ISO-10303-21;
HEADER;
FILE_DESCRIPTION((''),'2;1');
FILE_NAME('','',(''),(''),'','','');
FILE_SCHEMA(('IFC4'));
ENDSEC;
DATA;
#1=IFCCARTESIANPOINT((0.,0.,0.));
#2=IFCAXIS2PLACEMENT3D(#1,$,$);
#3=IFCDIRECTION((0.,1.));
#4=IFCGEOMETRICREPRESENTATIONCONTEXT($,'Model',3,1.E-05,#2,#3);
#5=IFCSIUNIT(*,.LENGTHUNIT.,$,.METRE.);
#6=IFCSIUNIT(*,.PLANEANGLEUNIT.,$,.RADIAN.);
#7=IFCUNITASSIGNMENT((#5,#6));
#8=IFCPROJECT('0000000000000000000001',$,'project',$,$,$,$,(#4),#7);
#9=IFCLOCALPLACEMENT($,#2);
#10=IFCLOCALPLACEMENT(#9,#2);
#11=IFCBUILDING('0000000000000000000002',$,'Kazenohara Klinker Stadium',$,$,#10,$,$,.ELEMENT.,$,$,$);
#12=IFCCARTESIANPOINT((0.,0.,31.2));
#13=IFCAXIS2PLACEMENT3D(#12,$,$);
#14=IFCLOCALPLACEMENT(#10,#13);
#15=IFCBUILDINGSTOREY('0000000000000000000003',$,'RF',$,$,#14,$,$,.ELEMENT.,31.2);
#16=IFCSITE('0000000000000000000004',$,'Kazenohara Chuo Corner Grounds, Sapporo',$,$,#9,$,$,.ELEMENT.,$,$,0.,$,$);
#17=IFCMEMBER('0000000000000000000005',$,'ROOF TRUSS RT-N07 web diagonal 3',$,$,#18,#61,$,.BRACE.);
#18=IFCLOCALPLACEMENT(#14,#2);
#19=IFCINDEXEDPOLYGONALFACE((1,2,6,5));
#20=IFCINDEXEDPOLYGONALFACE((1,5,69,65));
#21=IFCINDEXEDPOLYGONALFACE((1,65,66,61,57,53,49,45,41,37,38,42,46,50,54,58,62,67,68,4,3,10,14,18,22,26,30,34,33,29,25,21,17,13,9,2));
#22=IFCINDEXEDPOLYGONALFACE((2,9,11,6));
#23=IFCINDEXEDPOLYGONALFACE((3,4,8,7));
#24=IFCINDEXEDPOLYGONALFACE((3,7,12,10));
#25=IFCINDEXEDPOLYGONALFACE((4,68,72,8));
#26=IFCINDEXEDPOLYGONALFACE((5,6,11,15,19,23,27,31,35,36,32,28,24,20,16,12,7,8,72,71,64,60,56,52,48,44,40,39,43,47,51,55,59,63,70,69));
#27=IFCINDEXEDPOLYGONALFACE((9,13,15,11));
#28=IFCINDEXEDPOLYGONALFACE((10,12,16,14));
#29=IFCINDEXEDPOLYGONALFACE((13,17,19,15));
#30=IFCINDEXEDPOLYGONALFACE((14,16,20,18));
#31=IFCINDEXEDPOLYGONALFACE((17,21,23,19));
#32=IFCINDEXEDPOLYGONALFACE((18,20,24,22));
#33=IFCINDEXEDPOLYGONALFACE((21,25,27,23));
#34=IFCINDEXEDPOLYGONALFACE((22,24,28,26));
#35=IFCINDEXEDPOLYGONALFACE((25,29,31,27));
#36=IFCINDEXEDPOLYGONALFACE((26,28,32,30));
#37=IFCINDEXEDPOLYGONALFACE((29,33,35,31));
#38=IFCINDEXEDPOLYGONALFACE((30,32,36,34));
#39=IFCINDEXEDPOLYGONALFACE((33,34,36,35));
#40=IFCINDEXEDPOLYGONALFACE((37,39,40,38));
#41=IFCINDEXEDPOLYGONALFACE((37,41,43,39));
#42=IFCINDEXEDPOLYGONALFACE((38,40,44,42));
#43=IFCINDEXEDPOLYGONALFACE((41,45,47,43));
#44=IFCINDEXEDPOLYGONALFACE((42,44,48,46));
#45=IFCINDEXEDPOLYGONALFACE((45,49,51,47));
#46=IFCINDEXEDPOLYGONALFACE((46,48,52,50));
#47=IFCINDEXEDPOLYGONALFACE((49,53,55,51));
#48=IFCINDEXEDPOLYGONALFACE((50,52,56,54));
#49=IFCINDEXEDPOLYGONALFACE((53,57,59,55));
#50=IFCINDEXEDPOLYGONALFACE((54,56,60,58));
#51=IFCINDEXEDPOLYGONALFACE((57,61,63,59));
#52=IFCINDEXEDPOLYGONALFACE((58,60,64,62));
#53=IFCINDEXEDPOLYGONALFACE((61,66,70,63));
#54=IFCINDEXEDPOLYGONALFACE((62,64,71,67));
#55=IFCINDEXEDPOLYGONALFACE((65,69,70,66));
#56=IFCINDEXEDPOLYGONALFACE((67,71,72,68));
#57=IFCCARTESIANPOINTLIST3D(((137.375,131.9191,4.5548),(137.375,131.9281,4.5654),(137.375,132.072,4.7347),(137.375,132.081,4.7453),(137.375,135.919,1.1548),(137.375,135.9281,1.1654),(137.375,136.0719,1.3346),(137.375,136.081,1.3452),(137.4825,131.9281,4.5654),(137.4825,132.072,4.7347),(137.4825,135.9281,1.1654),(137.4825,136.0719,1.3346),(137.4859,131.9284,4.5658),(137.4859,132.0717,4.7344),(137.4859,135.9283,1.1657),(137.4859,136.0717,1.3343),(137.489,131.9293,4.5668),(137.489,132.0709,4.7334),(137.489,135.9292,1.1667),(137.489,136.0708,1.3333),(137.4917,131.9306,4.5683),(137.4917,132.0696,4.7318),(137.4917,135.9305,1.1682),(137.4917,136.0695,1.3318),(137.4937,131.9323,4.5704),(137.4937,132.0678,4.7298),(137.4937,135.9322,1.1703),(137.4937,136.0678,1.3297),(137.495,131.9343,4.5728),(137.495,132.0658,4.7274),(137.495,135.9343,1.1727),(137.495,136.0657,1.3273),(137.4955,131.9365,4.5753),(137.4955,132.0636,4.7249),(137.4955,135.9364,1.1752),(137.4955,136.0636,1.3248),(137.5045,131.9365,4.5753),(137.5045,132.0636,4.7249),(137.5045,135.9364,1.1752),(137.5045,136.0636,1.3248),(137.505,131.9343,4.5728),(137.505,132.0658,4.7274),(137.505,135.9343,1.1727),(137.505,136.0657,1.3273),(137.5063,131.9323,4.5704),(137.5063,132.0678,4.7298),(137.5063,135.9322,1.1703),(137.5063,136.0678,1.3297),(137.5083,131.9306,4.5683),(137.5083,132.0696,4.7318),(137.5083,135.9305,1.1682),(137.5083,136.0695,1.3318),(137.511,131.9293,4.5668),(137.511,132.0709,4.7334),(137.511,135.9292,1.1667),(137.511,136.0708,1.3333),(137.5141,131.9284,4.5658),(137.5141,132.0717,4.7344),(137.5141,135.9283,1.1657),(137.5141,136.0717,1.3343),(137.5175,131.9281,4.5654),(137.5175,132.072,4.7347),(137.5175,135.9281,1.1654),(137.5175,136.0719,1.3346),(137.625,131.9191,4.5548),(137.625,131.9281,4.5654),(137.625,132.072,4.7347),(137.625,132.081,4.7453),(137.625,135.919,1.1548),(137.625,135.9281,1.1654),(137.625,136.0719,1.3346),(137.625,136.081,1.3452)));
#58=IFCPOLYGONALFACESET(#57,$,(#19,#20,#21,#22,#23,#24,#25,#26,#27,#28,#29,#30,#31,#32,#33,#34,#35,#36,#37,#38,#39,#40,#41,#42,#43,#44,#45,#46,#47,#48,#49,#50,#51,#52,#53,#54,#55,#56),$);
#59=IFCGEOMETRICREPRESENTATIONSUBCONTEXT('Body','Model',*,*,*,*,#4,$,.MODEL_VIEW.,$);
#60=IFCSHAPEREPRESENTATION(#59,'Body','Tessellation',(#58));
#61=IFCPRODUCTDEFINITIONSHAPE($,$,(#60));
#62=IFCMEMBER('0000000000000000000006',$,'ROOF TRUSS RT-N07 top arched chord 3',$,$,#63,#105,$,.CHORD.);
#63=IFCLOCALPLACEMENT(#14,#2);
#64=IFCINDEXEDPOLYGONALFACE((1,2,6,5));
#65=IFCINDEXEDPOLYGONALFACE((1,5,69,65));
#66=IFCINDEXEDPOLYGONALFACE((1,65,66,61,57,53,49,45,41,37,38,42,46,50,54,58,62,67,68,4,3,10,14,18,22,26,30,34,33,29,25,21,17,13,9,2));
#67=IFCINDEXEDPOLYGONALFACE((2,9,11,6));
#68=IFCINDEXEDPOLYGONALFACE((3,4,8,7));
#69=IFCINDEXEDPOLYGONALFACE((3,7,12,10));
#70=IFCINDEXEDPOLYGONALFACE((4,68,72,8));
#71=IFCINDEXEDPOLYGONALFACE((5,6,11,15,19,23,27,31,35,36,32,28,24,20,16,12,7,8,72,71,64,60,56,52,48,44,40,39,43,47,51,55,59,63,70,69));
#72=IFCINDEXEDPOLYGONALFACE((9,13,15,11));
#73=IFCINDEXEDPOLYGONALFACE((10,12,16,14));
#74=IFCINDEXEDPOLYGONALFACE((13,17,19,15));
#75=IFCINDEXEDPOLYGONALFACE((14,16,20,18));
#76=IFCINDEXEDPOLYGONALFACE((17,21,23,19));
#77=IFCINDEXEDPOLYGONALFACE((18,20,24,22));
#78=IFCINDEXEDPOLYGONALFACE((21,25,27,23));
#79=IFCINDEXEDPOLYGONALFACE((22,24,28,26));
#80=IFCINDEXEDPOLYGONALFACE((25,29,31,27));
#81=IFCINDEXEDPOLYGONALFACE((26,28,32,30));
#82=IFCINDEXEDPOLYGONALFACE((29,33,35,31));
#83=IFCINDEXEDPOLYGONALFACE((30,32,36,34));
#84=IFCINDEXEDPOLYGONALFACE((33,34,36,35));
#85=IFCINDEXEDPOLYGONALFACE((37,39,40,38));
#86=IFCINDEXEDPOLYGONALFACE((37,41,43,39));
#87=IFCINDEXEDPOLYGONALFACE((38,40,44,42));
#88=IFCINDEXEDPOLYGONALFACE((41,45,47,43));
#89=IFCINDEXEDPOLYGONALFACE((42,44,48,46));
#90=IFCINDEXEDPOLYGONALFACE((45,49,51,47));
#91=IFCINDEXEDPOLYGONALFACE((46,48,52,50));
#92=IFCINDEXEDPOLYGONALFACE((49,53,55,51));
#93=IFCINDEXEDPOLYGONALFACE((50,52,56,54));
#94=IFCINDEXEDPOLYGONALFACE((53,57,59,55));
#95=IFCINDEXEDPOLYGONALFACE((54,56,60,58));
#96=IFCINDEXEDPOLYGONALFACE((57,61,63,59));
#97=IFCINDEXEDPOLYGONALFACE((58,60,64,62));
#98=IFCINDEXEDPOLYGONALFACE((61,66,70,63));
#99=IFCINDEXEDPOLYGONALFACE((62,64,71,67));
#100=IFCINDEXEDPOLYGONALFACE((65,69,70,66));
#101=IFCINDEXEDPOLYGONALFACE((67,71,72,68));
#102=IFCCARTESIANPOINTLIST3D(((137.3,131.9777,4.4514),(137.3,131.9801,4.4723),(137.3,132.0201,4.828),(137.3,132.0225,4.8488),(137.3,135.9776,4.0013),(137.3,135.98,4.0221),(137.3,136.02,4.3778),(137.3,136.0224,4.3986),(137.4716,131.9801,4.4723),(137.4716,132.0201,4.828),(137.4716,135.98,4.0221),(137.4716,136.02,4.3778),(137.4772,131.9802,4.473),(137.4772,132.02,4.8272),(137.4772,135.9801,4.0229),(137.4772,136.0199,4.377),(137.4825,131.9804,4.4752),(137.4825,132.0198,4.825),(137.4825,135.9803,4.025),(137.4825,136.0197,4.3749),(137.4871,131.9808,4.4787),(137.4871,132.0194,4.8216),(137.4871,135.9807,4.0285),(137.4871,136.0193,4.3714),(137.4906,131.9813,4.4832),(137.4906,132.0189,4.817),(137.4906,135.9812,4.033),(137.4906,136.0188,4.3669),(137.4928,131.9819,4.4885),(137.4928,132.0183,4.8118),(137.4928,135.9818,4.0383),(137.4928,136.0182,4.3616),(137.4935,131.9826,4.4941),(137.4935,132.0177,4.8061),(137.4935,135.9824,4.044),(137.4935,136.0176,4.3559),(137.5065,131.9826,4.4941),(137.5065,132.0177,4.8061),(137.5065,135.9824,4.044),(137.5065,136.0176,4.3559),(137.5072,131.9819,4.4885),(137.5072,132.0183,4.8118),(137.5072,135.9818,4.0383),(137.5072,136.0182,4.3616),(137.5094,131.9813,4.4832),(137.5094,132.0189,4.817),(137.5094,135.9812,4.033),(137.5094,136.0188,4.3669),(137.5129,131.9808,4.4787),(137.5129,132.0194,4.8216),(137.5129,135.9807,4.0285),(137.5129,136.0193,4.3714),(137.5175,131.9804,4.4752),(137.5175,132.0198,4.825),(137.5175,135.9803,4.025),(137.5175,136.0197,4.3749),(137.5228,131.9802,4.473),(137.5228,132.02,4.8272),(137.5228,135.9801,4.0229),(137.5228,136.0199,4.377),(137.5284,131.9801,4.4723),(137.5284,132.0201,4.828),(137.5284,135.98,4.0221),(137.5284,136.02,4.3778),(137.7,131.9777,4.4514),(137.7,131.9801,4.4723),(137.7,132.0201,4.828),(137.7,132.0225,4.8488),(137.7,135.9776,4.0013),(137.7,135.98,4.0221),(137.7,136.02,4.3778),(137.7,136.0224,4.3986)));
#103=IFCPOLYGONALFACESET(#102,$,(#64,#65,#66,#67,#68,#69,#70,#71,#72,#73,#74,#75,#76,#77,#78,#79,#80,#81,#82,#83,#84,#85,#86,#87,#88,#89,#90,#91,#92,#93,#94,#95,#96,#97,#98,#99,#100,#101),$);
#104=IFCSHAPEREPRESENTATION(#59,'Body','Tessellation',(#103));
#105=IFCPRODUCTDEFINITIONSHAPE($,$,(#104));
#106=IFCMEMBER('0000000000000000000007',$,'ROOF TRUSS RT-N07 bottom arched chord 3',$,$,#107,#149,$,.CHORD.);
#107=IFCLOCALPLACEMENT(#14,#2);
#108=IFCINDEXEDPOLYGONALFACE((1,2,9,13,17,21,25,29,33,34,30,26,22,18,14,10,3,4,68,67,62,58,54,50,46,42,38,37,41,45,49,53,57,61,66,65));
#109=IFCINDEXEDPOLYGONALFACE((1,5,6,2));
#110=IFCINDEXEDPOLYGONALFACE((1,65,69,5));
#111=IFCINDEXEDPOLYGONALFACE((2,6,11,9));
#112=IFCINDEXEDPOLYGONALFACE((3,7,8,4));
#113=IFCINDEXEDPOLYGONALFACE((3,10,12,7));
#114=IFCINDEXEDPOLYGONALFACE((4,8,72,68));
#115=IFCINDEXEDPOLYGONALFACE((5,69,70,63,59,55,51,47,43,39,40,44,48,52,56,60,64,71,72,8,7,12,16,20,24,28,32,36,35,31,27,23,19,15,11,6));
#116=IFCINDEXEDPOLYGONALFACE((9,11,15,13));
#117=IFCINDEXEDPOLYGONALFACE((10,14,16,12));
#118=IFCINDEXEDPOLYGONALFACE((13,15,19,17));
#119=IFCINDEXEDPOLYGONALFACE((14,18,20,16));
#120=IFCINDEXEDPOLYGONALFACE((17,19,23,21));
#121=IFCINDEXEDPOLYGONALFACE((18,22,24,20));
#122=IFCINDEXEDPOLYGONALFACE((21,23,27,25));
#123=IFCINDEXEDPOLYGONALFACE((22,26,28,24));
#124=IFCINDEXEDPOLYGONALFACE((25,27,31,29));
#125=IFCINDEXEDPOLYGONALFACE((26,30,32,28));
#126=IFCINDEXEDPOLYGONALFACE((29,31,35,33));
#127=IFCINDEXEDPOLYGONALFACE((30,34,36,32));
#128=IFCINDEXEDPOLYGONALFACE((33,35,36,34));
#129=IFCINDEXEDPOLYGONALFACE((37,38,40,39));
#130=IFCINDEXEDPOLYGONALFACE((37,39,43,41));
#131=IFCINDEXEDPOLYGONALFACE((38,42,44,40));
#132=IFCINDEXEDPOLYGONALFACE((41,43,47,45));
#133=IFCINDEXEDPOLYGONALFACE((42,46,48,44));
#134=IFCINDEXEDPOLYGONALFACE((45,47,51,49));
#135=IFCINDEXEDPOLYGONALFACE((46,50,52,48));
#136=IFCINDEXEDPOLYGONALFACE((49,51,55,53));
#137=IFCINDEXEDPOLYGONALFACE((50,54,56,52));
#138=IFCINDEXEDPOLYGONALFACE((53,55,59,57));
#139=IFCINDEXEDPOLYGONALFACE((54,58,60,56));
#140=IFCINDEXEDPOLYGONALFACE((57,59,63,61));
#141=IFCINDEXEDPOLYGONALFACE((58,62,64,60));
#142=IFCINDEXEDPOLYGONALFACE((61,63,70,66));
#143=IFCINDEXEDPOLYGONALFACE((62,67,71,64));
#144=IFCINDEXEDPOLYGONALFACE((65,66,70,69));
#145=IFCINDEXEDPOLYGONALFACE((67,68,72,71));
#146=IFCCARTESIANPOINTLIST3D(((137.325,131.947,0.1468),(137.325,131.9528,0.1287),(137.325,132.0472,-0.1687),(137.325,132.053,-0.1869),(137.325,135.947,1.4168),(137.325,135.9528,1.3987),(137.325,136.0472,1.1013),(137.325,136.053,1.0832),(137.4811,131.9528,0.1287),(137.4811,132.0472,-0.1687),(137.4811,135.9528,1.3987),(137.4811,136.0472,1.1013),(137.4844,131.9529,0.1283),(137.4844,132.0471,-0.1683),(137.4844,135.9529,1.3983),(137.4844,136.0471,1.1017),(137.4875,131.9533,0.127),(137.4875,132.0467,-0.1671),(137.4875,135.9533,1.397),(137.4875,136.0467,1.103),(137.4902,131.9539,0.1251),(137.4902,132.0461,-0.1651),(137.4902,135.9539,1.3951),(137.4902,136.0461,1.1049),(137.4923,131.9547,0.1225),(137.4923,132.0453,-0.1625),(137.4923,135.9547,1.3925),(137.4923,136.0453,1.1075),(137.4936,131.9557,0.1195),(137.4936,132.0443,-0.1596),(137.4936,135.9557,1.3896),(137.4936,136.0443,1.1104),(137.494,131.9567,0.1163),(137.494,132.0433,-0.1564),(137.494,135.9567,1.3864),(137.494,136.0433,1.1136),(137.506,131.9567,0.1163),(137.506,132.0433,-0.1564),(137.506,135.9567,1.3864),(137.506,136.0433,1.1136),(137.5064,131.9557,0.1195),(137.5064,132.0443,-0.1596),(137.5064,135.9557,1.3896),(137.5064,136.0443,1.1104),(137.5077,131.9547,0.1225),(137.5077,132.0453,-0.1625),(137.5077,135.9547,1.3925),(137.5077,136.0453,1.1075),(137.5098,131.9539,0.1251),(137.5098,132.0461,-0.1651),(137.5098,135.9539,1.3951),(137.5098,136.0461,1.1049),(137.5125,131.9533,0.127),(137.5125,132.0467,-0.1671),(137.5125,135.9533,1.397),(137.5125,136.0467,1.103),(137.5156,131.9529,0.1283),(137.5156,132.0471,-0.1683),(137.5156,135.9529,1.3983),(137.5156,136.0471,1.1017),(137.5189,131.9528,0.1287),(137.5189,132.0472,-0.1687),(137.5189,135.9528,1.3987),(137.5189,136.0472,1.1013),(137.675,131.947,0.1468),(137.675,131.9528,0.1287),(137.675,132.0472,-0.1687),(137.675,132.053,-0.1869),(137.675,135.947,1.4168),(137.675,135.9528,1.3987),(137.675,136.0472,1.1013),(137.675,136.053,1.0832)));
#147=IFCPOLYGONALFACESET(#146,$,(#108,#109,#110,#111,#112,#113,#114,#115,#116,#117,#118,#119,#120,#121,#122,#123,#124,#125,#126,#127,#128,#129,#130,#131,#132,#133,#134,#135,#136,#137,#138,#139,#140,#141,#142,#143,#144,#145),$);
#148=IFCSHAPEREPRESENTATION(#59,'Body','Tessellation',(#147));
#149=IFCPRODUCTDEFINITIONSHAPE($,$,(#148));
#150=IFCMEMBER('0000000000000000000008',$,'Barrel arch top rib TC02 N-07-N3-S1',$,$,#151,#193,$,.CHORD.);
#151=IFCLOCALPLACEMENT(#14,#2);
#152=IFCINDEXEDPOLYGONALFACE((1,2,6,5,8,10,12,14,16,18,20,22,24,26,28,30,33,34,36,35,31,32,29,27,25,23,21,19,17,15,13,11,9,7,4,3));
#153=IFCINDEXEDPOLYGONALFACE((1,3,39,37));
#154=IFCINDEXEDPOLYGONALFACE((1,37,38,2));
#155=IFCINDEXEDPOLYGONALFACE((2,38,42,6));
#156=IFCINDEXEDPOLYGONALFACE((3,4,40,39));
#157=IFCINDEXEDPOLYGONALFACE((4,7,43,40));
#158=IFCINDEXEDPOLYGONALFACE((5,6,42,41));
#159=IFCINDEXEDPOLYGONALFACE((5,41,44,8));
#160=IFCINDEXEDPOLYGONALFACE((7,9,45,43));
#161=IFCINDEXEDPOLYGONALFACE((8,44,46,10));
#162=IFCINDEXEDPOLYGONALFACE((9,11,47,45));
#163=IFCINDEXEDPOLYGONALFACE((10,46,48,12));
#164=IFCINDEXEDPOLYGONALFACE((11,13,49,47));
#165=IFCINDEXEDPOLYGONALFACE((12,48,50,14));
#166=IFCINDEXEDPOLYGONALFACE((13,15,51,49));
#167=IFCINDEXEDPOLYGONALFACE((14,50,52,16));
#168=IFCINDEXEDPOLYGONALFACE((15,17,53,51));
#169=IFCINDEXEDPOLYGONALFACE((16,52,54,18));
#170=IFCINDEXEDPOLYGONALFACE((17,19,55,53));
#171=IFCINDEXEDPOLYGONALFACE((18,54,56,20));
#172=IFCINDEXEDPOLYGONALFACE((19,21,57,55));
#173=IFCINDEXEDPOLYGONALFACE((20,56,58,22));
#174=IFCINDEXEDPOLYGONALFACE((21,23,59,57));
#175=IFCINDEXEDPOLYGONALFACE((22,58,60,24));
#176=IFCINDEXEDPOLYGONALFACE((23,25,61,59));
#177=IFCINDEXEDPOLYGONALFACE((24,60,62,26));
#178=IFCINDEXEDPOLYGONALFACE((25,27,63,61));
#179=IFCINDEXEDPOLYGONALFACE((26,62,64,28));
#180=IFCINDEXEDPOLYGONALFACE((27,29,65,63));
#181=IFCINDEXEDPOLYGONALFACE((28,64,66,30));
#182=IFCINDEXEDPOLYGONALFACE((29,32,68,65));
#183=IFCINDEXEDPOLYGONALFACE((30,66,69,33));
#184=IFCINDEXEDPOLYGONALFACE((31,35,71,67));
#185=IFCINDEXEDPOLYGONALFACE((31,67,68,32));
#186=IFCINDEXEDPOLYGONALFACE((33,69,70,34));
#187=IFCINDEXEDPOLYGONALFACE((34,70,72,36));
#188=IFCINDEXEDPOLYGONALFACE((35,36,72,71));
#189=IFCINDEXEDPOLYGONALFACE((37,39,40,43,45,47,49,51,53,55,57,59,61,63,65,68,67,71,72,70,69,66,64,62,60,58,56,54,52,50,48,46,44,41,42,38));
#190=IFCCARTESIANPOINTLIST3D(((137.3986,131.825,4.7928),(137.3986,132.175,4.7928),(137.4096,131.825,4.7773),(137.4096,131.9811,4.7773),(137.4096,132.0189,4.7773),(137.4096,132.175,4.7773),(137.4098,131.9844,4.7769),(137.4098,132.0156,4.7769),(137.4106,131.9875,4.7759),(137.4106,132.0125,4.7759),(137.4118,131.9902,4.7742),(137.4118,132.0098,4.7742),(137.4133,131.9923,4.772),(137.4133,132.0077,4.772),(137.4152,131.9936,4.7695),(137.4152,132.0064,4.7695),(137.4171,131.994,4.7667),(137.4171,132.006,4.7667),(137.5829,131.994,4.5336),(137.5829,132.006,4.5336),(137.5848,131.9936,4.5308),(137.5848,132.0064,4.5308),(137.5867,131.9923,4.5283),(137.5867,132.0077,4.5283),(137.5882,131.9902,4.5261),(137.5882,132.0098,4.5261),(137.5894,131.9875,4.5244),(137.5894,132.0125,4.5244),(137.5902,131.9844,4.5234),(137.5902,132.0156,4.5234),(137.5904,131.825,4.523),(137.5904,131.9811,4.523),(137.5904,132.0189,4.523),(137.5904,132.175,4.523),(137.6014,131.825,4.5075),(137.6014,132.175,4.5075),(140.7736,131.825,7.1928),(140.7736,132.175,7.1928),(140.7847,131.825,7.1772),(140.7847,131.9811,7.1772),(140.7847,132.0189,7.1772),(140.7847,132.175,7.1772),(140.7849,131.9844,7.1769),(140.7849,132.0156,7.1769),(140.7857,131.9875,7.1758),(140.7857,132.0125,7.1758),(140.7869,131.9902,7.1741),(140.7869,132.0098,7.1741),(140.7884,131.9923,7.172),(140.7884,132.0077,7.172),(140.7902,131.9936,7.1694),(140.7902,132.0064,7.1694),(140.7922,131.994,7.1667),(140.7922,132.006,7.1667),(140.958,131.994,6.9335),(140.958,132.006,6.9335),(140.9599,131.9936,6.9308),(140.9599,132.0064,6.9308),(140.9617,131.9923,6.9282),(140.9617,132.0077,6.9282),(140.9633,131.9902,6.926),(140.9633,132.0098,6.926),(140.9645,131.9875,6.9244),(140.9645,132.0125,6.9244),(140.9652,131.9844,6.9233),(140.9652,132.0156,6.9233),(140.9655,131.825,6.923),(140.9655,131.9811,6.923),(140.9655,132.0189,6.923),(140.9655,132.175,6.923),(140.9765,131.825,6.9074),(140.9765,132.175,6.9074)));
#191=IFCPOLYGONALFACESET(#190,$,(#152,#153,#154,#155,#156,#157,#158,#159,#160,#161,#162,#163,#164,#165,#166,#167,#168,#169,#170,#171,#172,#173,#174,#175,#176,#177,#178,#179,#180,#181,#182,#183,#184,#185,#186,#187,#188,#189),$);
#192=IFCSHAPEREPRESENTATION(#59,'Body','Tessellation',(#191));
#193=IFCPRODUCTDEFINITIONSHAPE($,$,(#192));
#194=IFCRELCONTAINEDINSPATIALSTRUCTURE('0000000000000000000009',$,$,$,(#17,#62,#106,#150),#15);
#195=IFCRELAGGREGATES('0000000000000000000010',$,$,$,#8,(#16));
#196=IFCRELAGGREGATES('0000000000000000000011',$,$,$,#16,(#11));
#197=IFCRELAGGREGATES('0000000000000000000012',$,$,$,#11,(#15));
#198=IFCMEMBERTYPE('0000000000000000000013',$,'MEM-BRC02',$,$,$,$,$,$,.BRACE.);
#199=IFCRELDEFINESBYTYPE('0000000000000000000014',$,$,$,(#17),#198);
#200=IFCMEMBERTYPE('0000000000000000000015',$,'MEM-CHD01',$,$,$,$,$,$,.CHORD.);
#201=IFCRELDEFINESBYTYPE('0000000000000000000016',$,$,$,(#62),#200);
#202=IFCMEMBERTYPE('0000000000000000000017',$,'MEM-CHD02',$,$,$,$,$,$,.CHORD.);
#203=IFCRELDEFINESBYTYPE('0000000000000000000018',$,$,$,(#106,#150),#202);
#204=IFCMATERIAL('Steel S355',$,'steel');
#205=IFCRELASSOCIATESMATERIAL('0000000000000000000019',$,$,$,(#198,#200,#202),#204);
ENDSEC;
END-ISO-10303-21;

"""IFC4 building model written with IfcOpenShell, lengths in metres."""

from ifc_helpers import new_model, si_unit, direction, frame, origin, origin_2d, place, context, subcontext, project, spatial, i_section, extrude, material, material_profile, profile_set, type_object, element, save


model = new_model("IFC4")

# Units and contexts
model_context = context("Model", 3, precision=1e-05, world=origin(), true_north=direction((0.0, 1.0)))
body_context = subcontext(model_context, "Body", "Model", "MODEL_VIEW")
ifc_project = project(units=[si_unit("LENGTHUNIT", "METRE"), si_unit("PLANEANGLEUNIT", "RADIAN")], contexts=[model_context])

# Site, building, storey
site_placement = place(None, origin())
site = spatial("IfcSite", under=ifc_project, at=site_placement, Name="Kazenohara Chuo Corner Grounds, Sapporo", CompositionType="ELEMENT", RefElevation=0.0)
building_placement = place(site_placement, origin())
building = spatial("IfcBuilding", under=site, at=building_placement, Name="Kazenohara Klinker Stadium", CompositionType="ELEMENT")
storey_placement = place(building_placement, frame((0.0, 0.0, 31.2)))
storey = spatial("IfcBuildingStorey", under=building, at=storey_placement, Name="RF", CompositionType="ELEMENT", Elevation=31.2)

# Members
ifc_material_1 = material(Name="Steel S355", Category="steel")
ifc_material_profile_1 = material_profile(ifc_material_1, i_section(OverallWidth=0.25, OverallDepth=0.25, WebThickness=0.009, FlangeThickness=0.0139, FilletRadius=0.0129, at=origin_2d()), Name="H-250x250x9x14")
ifc_profile_set_1 = profile_set([ifc_material_profile_1], Name="Steel S355")
member_type_1 = type_object("IfcMemberType", Name="MEM-BRC02", PredefinedType="BRACE", material=ifc_profile_set_1)
member_1_placement = place(storey_placement, frame((137.5, 136.0, 1.25), z_axis=(0.0, -0.761926, 0.647665), x_axis=(1.0, 0.0, 0.0)))
element("IfcMember", 1, at=member_1_placement, inside=storey, type_object=member_type_1, Name="ROOF TRUSS RT-N07 web diagonal 3", PredefinedType="BRACE", context=body_context, shape_type="SweptSolid", body=[
    extrude(i_section(OverallWidth=0.25, OverallDepth=0.25, WebThickness=0.009, FlangeThickness=0.0139, FilletRadius=0.0129, at=origin_2d()), origin(), (0.0, 0.0, 1.0), 5.2498),
])
ifc_material_profile_2 = material_profile(ifc_material_1, i_section(OverallWidth=0.3999, OverallDepth=0.3999, WebThickness=0.0129, FlangeThickness=0.021, FilletRadius=0.022, at=origin_2d()), Name="H-400x400x13x21")
ifc_profile_set_2 = profile_set([ifc_material_profile_2], Name="Steel S355")
member_type_2 = type_object("IfcMemberType", Name="MEM-CHD01", PredefinedType="CHORD", material=ifc_profile_set_2)
member_2_placement = place(storey_placement, frame((137.5, 136.0, 4.2), z_axis=(0.0, -0.993726, 0.111843), x_axis=(1.0, 0.0, 0.0)))
element("IfcMember", 2, at=member_2_placement, inside=storey, type_object=member_type_2, Name="ROOF TRUSS RT-N07 top arched chord 3", PredefinedType="CHORD", context=body_context, shape_type="SweptSolid", body=[
    extrude(i_section(OverallWidth=0.3999, OverallDepth=0.3999, WebThickness=0.0129, FlangeThickness=0.021, FilletRadius=0.022, at=origin_2d()), origin(), (0.0, 0.0, 1.0), 4.0251),
])
ifc_material_profile_3 = material_profile(ifc_material_1, i_section(OverallWidth=0.3501, OverallDepth=0.3501, WebThickness=0.012, FlangeThickness=0.019, FilletRadius=0.0129, at=origin_2d()), Name="H-350x350x12x19")
ifc_profile_set_3 = profile_set([ifc_material_profile_3], Name="Steel S355")
member_type_3 = type_object("IfcMemberType", Name="MEM-CHD02", PredefinedType="CHORD", material=ifc_profile_set_3)
member_3_placement = place(storey_placement, frame((137.5, 136.0, 1.25), z_axis=(0.0, -0.953112, -0.302618), x_axis=(1.0, 0.0, 0.0)))
element("IfcMember", 3, at=member_3_placement, inside=storey, type_object=member_type_3, Name="ROOF TRUSS RT-N07 bottom arched chord 3", PredefinedType="CHORD", context=body_context, shape_type="SweptSolid", body=[
    extrude(i_section(OverallWidth=0.3501, OverallDepth=0.3501, WebThickness=0.012, FlangeThickness=0.019, FilletRadius=0.0129, at=origin_2d()), origin(), (0.0, 0.0, 1.0), 4.1968),
])
member_4_placement = place(storey_placement, frame((137.5, 132.0, 4.6501), z_axis=(0.814966, 0.0, 0.579508), x_axis=(0.0, 1.0, 0.0)))
element("IfcMember", 4, at=member_4_placement, inside=storey, type_object=member_type_3, Name="Barrel arch top rib TC02 N-07-N3-S1", PredefinedType="CHORD", context=body_context, shape_type="SweptSolid", body=[
    extrude(i_section(OverallWidth=0.3501, OverallDepth=0.3501, WebThickness=0.012, FlangeThickness=0.019, FilletRadius=0.0129, at=origin_2d()), origin(), (0.0, 0.0, 1.0), 4.1414),
])

save(model, "model.ifc")
